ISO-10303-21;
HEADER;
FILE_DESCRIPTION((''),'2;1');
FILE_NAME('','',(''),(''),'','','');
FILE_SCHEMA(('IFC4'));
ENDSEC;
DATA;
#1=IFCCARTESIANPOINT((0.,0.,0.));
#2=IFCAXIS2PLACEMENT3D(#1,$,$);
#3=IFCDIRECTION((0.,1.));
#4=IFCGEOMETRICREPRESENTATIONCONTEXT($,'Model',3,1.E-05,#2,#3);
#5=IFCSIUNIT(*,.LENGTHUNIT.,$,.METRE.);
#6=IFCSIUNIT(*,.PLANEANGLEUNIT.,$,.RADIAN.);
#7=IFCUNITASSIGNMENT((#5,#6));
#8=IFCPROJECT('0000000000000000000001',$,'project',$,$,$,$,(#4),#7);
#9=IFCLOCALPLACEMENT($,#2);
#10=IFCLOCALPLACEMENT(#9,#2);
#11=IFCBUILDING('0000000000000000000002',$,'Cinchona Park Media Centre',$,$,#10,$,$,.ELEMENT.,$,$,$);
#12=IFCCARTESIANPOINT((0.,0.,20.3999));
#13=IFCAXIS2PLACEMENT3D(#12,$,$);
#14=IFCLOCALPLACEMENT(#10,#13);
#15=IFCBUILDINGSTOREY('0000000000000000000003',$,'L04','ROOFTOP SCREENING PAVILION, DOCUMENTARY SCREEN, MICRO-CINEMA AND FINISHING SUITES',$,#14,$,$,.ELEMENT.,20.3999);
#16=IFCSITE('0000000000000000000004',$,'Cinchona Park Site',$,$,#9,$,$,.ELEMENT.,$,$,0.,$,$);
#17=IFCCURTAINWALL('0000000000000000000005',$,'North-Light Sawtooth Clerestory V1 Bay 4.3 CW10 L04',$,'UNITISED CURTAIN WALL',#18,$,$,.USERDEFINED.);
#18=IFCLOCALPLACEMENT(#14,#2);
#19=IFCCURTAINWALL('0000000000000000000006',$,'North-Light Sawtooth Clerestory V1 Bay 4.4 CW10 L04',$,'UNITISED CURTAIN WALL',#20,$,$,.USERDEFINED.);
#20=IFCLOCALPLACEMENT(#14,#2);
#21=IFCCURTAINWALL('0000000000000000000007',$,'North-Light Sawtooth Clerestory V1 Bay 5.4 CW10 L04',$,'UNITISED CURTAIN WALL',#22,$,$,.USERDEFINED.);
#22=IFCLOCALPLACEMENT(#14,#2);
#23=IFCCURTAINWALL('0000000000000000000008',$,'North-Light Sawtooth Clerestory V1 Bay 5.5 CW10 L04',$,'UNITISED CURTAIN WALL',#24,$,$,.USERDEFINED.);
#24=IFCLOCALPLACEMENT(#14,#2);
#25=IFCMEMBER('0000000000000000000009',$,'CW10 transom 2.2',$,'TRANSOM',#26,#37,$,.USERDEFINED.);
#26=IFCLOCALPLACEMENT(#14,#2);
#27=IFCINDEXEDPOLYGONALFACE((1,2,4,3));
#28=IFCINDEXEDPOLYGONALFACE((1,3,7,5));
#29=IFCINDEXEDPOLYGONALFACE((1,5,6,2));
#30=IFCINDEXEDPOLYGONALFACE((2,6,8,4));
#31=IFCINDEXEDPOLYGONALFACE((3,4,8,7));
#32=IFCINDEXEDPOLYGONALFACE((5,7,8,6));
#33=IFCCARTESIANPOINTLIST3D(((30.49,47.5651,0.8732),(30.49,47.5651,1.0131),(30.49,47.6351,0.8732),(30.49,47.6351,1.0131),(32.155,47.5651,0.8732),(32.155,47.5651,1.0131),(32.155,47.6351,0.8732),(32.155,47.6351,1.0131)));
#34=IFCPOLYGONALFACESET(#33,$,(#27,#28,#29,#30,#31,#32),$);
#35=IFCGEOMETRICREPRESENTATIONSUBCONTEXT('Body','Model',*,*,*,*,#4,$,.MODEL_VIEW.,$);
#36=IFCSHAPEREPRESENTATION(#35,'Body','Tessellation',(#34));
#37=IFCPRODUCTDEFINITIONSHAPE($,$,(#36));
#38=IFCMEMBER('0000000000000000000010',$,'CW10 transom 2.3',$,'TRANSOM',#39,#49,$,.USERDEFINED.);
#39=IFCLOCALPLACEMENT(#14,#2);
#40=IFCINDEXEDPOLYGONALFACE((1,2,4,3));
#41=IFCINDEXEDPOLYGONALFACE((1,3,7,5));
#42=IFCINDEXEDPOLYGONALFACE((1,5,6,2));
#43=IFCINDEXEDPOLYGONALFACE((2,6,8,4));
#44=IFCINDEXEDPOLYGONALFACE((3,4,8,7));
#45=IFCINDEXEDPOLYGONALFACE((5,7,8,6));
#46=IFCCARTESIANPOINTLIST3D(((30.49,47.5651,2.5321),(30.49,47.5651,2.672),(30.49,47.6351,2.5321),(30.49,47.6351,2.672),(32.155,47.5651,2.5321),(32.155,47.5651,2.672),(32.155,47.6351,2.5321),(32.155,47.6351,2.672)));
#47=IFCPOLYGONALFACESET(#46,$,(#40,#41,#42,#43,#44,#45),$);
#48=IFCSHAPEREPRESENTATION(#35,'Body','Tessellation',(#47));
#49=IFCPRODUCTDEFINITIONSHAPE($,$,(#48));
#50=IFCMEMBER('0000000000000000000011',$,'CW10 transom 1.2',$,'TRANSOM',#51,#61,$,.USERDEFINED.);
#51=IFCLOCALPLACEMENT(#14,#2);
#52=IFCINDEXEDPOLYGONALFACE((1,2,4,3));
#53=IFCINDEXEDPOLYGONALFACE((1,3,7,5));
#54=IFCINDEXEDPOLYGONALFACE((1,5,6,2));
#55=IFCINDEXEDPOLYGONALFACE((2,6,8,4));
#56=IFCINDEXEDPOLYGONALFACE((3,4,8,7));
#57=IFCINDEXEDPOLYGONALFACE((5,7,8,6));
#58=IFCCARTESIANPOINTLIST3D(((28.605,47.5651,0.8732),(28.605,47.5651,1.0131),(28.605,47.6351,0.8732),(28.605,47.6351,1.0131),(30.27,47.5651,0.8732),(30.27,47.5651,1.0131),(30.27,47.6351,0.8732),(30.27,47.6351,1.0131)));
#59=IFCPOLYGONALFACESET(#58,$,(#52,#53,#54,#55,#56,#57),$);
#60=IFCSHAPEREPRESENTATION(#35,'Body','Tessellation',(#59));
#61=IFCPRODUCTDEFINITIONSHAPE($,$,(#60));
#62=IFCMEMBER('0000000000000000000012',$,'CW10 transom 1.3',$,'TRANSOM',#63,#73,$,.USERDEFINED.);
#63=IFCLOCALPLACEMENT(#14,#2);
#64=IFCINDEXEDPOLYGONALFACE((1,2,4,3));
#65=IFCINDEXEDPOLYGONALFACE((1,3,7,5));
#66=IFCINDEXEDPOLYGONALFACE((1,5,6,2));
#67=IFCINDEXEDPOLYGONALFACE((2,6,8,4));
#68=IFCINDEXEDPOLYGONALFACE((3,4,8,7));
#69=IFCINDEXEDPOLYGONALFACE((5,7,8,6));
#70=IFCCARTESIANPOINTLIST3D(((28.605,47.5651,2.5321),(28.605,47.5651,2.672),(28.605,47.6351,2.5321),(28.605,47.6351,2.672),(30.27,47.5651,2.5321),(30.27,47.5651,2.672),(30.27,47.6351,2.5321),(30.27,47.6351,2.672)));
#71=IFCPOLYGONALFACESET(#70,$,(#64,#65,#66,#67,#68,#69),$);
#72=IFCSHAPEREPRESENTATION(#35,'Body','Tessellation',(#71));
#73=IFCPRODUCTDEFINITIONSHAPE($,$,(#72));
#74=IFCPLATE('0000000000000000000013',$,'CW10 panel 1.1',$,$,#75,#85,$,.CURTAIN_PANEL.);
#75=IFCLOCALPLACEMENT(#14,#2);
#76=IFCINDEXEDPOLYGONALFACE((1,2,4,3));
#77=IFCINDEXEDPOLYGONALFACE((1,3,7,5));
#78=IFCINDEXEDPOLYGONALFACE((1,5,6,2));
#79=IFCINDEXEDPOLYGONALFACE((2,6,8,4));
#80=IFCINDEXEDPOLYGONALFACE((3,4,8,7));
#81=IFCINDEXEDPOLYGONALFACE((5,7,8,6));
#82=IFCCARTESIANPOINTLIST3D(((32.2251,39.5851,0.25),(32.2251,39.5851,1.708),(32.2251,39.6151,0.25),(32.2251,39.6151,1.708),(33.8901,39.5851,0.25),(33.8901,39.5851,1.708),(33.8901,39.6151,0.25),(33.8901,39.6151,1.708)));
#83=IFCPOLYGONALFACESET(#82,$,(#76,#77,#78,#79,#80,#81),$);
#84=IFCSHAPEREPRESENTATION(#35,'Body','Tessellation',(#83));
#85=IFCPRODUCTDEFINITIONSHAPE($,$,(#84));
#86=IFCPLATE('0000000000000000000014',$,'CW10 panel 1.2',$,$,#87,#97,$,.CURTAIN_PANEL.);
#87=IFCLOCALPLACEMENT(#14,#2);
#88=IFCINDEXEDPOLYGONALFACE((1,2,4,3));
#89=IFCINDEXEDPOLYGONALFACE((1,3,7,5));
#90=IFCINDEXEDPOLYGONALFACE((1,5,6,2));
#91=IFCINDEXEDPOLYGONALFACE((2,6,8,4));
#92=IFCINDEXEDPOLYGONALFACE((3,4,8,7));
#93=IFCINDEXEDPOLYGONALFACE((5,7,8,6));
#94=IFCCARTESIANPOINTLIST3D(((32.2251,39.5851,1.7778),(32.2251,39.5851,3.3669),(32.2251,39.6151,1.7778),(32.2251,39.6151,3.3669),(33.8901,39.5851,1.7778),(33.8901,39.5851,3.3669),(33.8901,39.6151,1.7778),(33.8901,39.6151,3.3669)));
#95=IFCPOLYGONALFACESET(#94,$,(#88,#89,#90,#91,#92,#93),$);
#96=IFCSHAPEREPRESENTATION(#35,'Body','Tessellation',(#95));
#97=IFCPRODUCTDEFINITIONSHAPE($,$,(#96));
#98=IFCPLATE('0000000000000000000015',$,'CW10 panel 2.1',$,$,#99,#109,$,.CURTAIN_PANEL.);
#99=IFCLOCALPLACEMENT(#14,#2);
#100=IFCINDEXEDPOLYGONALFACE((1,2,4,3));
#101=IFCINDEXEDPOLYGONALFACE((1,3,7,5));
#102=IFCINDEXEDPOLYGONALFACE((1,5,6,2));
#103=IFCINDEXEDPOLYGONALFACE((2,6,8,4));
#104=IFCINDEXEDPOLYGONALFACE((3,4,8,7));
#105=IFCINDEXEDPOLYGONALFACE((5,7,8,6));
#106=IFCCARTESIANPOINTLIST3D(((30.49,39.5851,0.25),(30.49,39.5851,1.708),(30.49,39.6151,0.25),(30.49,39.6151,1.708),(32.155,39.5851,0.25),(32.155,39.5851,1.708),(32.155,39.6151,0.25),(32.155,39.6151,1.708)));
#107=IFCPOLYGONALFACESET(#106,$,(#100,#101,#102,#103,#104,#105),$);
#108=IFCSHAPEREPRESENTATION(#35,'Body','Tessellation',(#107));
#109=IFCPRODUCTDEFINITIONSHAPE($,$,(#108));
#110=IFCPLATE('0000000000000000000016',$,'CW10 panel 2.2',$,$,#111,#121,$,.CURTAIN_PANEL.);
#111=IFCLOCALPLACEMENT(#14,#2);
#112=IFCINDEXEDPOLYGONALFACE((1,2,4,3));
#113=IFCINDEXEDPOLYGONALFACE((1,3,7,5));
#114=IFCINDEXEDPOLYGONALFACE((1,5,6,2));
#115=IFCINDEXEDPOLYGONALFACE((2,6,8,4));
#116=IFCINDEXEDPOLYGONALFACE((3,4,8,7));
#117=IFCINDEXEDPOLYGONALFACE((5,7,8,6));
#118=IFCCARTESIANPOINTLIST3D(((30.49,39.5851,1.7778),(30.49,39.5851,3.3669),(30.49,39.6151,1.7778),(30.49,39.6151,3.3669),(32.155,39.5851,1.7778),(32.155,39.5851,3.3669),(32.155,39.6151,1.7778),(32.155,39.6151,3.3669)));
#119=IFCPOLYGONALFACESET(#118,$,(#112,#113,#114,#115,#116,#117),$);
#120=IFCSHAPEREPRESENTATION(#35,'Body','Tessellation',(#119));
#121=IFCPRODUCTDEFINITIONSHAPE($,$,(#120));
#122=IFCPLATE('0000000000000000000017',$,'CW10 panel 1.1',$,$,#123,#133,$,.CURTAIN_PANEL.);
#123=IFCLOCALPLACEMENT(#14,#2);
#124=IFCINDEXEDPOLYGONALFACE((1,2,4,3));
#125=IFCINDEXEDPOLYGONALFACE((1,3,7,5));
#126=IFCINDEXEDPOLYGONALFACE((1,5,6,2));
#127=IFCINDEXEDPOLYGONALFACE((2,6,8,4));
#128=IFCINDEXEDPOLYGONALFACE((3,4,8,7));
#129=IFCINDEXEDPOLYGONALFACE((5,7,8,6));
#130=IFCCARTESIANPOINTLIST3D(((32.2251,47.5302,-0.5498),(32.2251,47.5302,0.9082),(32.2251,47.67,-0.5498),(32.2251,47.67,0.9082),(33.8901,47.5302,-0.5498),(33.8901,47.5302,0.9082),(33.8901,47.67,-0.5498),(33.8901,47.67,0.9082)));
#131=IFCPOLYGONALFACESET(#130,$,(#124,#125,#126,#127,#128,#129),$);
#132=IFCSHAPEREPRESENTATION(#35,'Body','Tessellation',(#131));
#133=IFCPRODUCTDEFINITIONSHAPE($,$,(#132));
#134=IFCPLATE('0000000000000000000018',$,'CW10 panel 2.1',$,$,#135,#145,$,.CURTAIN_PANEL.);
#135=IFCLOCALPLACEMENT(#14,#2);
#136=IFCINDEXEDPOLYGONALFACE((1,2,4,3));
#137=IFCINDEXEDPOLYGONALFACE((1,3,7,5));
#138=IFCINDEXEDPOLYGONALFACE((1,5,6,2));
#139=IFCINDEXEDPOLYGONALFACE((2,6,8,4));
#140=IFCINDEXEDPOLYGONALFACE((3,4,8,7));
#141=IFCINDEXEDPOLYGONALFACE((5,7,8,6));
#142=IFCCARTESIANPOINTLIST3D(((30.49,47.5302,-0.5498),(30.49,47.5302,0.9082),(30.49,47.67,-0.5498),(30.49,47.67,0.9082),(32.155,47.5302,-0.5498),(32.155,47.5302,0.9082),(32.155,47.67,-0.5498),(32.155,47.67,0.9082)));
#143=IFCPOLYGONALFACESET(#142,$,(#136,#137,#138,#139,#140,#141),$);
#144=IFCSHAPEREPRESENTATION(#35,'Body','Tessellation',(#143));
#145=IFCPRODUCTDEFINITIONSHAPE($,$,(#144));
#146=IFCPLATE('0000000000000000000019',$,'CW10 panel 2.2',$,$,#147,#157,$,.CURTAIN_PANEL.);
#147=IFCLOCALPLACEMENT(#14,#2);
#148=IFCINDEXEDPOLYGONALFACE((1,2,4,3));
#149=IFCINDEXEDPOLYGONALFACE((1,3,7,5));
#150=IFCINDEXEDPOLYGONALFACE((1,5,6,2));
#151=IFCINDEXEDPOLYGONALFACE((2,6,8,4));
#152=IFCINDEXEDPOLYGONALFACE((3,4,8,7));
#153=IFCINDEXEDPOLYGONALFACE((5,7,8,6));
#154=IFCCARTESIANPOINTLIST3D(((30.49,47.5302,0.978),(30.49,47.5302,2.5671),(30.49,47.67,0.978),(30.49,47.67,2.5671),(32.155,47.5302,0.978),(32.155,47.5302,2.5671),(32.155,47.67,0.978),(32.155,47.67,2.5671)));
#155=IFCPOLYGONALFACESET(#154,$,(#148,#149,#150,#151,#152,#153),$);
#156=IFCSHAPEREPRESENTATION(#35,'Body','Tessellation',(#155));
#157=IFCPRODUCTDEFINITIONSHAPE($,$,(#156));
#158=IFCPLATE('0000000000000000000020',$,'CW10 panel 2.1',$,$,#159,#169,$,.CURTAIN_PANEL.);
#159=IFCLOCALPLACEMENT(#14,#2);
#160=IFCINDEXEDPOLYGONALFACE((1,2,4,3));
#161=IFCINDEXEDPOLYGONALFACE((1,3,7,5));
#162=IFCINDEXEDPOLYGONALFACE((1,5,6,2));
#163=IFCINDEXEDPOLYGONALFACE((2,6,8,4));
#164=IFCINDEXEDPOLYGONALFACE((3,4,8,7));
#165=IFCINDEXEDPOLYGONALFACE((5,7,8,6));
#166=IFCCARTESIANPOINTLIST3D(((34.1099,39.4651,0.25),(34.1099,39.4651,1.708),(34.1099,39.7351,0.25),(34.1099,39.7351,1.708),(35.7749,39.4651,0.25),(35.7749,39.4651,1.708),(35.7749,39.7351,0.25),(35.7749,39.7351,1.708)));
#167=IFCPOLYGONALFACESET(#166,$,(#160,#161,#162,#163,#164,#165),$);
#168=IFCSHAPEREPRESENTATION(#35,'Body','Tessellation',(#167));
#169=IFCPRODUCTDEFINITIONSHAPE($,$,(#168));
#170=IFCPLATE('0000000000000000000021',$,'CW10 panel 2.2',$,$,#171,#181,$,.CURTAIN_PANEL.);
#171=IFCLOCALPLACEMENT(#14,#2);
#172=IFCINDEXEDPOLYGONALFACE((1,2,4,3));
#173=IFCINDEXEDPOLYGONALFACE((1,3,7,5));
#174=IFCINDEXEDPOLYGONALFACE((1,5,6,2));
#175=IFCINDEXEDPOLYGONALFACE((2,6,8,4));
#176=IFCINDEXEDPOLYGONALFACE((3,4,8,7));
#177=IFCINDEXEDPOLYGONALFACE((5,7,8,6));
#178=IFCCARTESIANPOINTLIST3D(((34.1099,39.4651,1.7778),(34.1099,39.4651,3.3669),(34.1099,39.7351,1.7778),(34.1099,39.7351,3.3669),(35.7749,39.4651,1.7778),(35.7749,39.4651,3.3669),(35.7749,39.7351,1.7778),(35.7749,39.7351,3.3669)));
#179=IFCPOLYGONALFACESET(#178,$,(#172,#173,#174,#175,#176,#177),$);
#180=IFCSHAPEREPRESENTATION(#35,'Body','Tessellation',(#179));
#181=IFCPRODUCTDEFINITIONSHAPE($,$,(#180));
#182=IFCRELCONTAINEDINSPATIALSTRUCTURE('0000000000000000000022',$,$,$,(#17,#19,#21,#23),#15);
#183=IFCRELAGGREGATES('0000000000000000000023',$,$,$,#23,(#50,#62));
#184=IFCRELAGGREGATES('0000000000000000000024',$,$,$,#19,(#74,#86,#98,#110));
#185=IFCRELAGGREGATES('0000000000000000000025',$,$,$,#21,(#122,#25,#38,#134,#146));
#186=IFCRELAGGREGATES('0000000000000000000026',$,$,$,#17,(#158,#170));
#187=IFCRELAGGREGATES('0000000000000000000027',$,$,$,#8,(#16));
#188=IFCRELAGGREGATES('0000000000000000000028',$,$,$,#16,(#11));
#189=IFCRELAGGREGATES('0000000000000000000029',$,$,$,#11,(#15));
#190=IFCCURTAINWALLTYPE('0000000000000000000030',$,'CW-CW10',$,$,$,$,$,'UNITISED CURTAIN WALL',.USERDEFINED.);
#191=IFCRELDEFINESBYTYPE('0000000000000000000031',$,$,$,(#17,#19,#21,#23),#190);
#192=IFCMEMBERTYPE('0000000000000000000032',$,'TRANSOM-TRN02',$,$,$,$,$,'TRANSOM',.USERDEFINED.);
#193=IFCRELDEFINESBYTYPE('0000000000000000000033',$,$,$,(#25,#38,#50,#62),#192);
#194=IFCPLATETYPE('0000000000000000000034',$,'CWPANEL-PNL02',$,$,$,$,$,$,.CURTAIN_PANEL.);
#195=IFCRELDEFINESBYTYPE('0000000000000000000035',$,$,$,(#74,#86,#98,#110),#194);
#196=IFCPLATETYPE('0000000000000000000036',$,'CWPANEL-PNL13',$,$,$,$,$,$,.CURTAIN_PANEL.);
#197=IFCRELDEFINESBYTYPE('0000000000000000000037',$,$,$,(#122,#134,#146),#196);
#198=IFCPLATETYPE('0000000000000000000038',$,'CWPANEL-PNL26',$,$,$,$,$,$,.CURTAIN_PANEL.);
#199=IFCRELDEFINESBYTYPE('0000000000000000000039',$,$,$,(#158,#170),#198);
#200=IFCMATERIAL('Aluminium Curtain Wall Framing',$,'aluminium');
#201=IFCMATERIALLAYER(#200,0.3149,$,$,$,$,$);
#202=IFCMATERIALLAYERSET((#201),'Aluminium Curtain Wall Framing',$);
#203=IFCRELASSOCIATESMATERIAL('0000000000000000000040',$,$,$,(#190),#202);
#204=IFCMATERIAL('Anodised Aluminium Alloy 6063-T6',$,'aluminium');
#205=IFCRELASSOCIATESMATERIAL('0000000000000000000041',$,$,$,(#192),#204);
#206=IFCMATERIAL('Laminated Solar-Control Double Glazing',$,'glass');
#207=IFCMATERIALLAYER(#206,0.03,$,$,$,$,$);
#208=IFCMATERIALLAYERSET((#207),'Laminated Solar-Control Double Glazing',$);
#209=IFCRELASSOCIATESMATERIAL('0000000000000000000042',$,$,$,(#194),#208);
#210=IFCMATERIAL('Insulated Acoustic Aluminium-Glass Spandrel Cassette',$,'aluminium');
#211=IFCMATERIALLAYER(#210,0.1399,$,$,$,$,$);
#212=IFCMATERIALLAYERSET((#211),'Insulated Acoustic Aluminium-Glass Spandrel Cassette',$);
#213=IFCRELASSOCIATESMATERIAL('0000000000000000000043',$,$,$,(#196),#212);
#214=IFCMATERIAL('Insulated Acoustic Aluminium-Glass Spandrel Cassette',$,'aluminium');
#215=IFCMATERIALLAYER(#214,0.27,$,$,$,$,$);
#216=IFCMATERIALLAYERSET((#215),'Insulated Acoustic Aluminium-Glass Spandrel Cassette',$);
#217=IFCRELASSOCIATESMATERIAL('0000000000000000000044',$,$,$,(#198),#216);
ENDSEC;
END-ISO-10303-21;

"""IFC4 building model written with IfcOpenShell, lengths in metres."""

from ifc_helpers import new_model, si_unit, direction, frame, origin, origin_2d, place, context, subcontext, project, spatial, rectangle, extrude, material, layer, layer_set, material_profile, profile_set, type_object, element, aggregate, save


model = new_model("IFC4")

# Units and contexts
model_context = context("Model", 3, precision=1e-05, world=origin(), true_north=direction((0.0, 1.0)))
body_context = subcontext(model_context, "Body", "Model", "MODEL_VIEW")
ifc_project = project(units=[si_unit("LENGTHUNIT", "METRE"), si_unit("PLANEANGLEUNIT", "RADIAN")], contexts=[model_context])

# Site, building, storey
site_placement = place(None, origin())
site = spatial("IfcSite", under=ifc_project, at=site_placement, Name="Cinchona Park Site", CompositionType="ELEMENT", RefElevation=0.0)
building_placement = place(site_placement, origin())
building = spatial("IfcBuilding", under=site, at=building_placement, Name="Cinchona Park Media Centre", CompositionType="ELEMENT")
storey_placement = place(building_placement, frame((0.0, 0.0, 20.3999)))
storey = spatial("IfcBuildingStorey", under=building, at=storey_placement, Name="L04", Description="ROOFTOP SCREENING PAVILION, DOCUMENTARY SCREEN, MICRO-CINEMA AND FINISHING SUITES", CompositionType="ELEMENT", Elevation=20.3999)

# Curtain wall
ifc_material_1 = material(Name="Aluminium Curtain Wall Framing", Category="aluminium")
ifc_layer_1 = layer(ifc_material_1, 0.3149)
ifc_layer_set_1 = layer_set([ifc_layer_1], Name="Aluminium Curtain Wall Framing")
curtain_wall_type = type_object("IfcCurtainWallType", Name="CW-CW10", ElementType="UNITISED CURTAIN WALL", PredefinedType="USERDEFINED", material=ifc_layer_set_1)
curtain_wall_1_placement = place(storey_placement, origin())
curtain_wall_1 = element("IfcCurtainWall", 1, at=curtain_wall_1_placement, inside=storey, type_object=curtain_wall_type, Name="North-Light Sawtooth Clerestory V1 Bay 4.3 CW10 L04", ObjectType="UNITISED CURTAIN WALL", PredefinedType="USERDEFINED")

# Curtain wall
curtain_wall_2_placement = place(storey_placement, origin())
curtain_wall_2 = element("IfcCurtainWall", 2, at=curtain_wall_2_placement, inside=storey, type_object=curtain_wall_type, Name="North-Light Sawtooth Clerestory V1 Bay 4.4 CW10 L04", ObjectType="UNITISED CURTAIN WALL", PredefinedType="USERDEFINED")

# Curtain wall
curtain_wall_3_placement = place(storey_placement, origin())
curtain_wall_3 = element("IfcCurtainWall", 3, at=curtain_wall_3_placement, inside=storey, type_object=curtain_wall_type, Name="North-Light Sawtooth Clerestory V1 Bay 5.4 CW10 L04", ObjectType="UNITISED CURTAIN WALL", PredefinedType="USERDEFINED")

# Curtain wall
curtain_wall_4_placement = place(storey_placement, origin())
curtain_wall_4 = element("IfcCurtainWall", 4, at=curtain_wall_4_placement, inside=storey, type_object=curtain_wall_type, Name="North-Light Sawtooth Clerestory V1 Bay 5.5 CW10 L04", ObjectType="UNITISED CURTAIN WALL", PredefinedType="USERDEFINED")

# Members
ifc_material_2 = material(Name="Anodised Aluminium Alloy 6063-T6", Category="aluminium")
ifc_material_profile_1 = material_profile(ifc_material_2, rectangle(XDim=0.0701, YDim=0.1399, at=origin_2d()), Name="TRN-70X140")
ifc_profile_set_1 = profile_set([ifc_material_profile_1], Name="Anodised Aluminium Alloy 6063-T6")
member_type_1 = type_object("IfcMemberType", Name="TRANSOM-TRN02", ElementType="TRANSOM", PredefinedType="USERDEFINED", material=ifc_profile_set_1)
member_1_placement = place(storey_placement, frame((32.155, 47.6001, 0.9431), z_axis=(-1.0, 0.0, 0.0), x_axis=(0.0, -1.0, 0.0)))
member_1 = element("IfcMember", 5, at=member_1_placement, type_object=member_type_1, Name="CW10 transom 2.2", ObjectType="TRANSOM", PredefinedType="USERDEFINED", context=body_context, shape_type="SweptSolid", body=[
    extrude(rectangle(XDim=0.0701, YDim=0.1399, at=origin_2d()), origin(), (0.0, 0.0, 1.0), 1.665),
])
member_2_placement = place(storey_placement, frame((32.155, 47.6001, 2.6021), z_axis=(-1.0, 0.0, 0.0), x_axis=(0.0, -1.0, 0.0)))
member_2 = element("IfcMember", 6, at=member_2_placement, type_object=member_type_1, Name="CW10 transom 2.3", ObjectType="TRANSOM", PredefinedType="USERDEFINED", context=body_context, shape_type="SweptSolid", body=[
    extrude(rectangle(XDim=0.0701, YDim=0.1399, at=origin_2d()), origin(), (0.0, 0.0, 1.0), 1.665),
])
member_3_placement = place(storey_placement, frame((30.27, 47.6001, 0.9431), z_axis=(-1.0, 0.0, 0.0), x_axis=(0.0, -1.0, 0.0)))
member_3 = element("IfcMember", 7, at=member_3_placement, type_object=member_type_1, Name="CW10 transom 1.2", ObjectType="TRANSOM", PredefinedType="USERDEFINED", context=body_context, shape_type="SweptSolid", body=[
    extrude(rectangle(XDim=0.0701, YDim=0.1399, at=origin_2d()), origin(), (0.0, 0.0, 1.0), 1.665),
])
member_4_placement = place(storey_placement, frame((30.27, 47.6001, 2.6021), z_axis=(-1.0, 0.0, 0.0), x_axis=(0.0, -1.0, 0.0)))
member_4 = element("IfcMember", 8, at=member_4_placement, type_object=member_type_1, Name="CW10 transom 1.3", ObjectType="TRANSOM", PredefinedType="USERDEFINED", context=body_context, shape_type="SweptSolid", body=[
    extrude(rectangle(XDim=0.0701, YDim=0.1399, at=origin_2d()), origin(), (0.0, 0.0, 1.0), 1.665),
])
aggregate(curtain_wall_4, [member_3, member_4])

# Plates
ifc_material_3 = material(Name="Laminated Solar-Control Double Glazing", Category="glass")
ifc_layer_2 = layer(ifc_material_3, 0.03)
ifc_layer_set_2 = layer_set([ifc_layer_2], Name="Laminated Solar-Control Double Glazing")
plate_type_1 = type_object("IfcPlateType", Name="CWPANEL-PNL02", PredefinedType="CURTAIN_PANEL", material=ifc_layer_set_2)
plate_1_placement = place(storey_placement, frame((33.0576, 39.6001, 0.25), z_axis=(0.0, 0.0, 1.0), x_axis=(-1.0, 0.0, 0.0)))
plate_1 = element("IfcPlate", 9, at=plate_1_placement, type_object=plate_type_1, Name="CW10 panel 1.1", PredefinedType="CURTAIN_PANEL", context=body_context, shape_type="SweptSolid", body=[
    extrude(rectangle(XDim=1.665, YDim=0.03, at=origin_2d()), origin(), (0.0, 0.0, 1.0), 1.458),
])
plate_2_placement = place(storey_placement, frame((33.0576, 39.6001, 1.7778), z_axis=(0.0, 0.0, 1.0), x_axis=(-1.0, 0.0, 0.0)))
plate_2 = element("IfcPlate", 10, at=plate_2_placement, type_object=plate_type_1, Name="CW10 panel 1.2", PredefinedType="CURTAIN_PANEL", context=body_context, shape_type="SweptSolid", body=[
    extrude(rectangle(XDim=1.665, YDim=0.03, at=origin_2d()), origin(), (0.0, 0.0, 1.0), 1.5891),
])
plate_3_placement = place(storey_placement, frame((31.3225, 39.6001, 0.25), z_axis=(0.0, 0.0, 1.0), x_axis=(-1.0, 0.0, 0.0)))
plate_3 = element("IfcPlate", 11, at=plate_3_placement, type_object=plate_type_1, Name="CW10 panel 2.1", PredefinedType="CURTAIN_PANEL", context=body_context, shape_type="SweptSolid", body=[
    extrude(rectangle(XDim=1.665, YDim=0.03, at=origin_2d()), origin(), (0.0, 0.0, 1.0), 1.458),
])
plate_4_placement = place(storey_placement, frame((31.3225, 39.6001, 1.7778), z_axis=(0.0, 0.0, 1.0), x_axis=(-1.0, 0.0, 0.0)))
plate_4 = element("IfcPlate", 12, at=plate_4_placement, type_object=plate_type_1, Name="CW10 panel 2.2", PredefinedType="CURTAIN_PANEL", context=body_context, shape_type="SweptSolid", body=[
    extrude(rectangle(XDim=1.665, YDim=0.03, at=origin_2d()), origin(), (0.0, 0.0, 1.0), 1.5891),
])
aggregate(curtain_wall_2, [plate_1, plate_2, plate_3, plate_4])
ifc_material_4 = material(Name="Insulated Acoustic Aluminium-Glass Spandrel Cassette", Category="aluminium")
ifc_layer_3 = layer(ifc_material_4, 0.1399)
ifc_layer_set_3 = layer_set([ifc_layer_3], Name="Insulated Acoustic Aluminium-Glass Spandrel Cassette")
plate_type_2 = type_object("IfcPlateType", Name="CWPANEL-PNL13", PredefinedType="CURTAIN_PANEL", material=ifc_layer_set_3)
plate_5_placement = place(storey_placement, frame((33.0576, 47.6001, -0.5498), z_axis=(0.0, 0.0, 1.0), x_axis=(-1.0, 0.0, 0.0)))
plate_5 = element("IfcPlate", 13, at=plate_5_placement, type_object=plate_type_2, Name="CW10 panel 1.1", PredefinedType="CURTAIN_PANEL", context=body_context, shape_type="SweptSolid", body=[
    extrude(rectangle(XDim=1.665, YDim=0.1399, at=origin_2d()), origin(), (0.0, 0.0, 1.0), 1.458),
])
plate_6_placement = place(storey_placement, frame((31.3225, 47.6001, -0.5498), z_axis=(0.0, 0.0, 1.0), x_axis=(-1.0, 0.0, 0.0)))
plate_6 = element("IfcPlate", 14, at=plate_6_placement, type_object=plate_type_2, Name="CW10 panel 2.1", PredefinedType="CURTAIN_PANEL", context=body_context, shape_type="SweptSolid", body=[
    extrude(rectangle(XDim=1.665, YDim=0.1399, at=origin_2d()), origin(), (0.0, 0.0, 1.0), 1.458),
])
plate_7_placement = place(storey_placement, frame((31.3225, 47.6001, 0.978), z_axis=(0.0, 0.0, 1.0), x_axis=(-1.0, 0.0, 0.0)))
plate_7 = element("IfcPlate", 15, at=plate_7_placement, type_object=plate_type_2, Name="CW10 panel 2.2", PredefinedType="CURTAIN_PANEL", context=body_context, shape_type="SweptSolid", body=[
    extrude(rectangle(XDim=1.665, YDim=0.1399, at=origin_2d()), origin(), (0.0, 0.0, 1.0), 1.5891),
])
aggregate(curtain_wall_3, [plate_5, member_1, member_2, plate_6, plate_7])
ifc_material_5 = material(Name="Insulated Acoustic Aluminium-Glass Spandrel Cassette", Category="aluminium")
ifc_layer_4 = layer(ifc_material_5, 0.27)
ifc_layer_set_4 = layer_set([ifc_layer_4], Name="Insulated Acoustic Aluminium-Glass Spandrel Cassette")
plate_type_3 = type_object("IfcPlateType", Name="CWPANEL-PNL26", PredefinedType="CURTAIN_PANEL", material=ifc_layer_set_4)
plate_8_placement = place(storey_placement, frame((34.9424, 39.6001, 0.25), z_axis=(0.0, 0.0, 1.0), x_axis=(-1.0, 0.0, 0.0)))
plate_8 = element("IfcPlate", 16, at=plate_8_placement, type_object=plate_type_3, Name="CW10 panel 2.1", PredefinedType="CURTAIN_PANEL", context=body_context, shape_type="SweptSolid", body=[
    extrude(rectangle(XDim=1.665, YDim=0.27, at=origin_2d()), origin(), (0.0, 0.0, 1.0), 1.458),
])
plate_9_placement = place(storey_placement, frame((34.9424, 39.6001, 1.7778), z_axis=(0.0, 0.0, 1.0), x_axis=(-1.0, 0.0, 0.0)))
plate_9 = element("IfcPlate", 17, at=plate_9_placement, type_object=plate_type_3, Name="CW10 panel 2.2", PredefinedType="CURTAIN_PANEL", context=body_context, shape_type="SweptSolid", body=[
    extrude(rectangle(XDim=1.665, YDim=0.27, at=origin_2d()), origin(), (0.0, 0.0, 1.0), 1.5891),
])
aggregate(curtain_wall_1, [plate_8, plate_9])

save(model, "model.ifc")
